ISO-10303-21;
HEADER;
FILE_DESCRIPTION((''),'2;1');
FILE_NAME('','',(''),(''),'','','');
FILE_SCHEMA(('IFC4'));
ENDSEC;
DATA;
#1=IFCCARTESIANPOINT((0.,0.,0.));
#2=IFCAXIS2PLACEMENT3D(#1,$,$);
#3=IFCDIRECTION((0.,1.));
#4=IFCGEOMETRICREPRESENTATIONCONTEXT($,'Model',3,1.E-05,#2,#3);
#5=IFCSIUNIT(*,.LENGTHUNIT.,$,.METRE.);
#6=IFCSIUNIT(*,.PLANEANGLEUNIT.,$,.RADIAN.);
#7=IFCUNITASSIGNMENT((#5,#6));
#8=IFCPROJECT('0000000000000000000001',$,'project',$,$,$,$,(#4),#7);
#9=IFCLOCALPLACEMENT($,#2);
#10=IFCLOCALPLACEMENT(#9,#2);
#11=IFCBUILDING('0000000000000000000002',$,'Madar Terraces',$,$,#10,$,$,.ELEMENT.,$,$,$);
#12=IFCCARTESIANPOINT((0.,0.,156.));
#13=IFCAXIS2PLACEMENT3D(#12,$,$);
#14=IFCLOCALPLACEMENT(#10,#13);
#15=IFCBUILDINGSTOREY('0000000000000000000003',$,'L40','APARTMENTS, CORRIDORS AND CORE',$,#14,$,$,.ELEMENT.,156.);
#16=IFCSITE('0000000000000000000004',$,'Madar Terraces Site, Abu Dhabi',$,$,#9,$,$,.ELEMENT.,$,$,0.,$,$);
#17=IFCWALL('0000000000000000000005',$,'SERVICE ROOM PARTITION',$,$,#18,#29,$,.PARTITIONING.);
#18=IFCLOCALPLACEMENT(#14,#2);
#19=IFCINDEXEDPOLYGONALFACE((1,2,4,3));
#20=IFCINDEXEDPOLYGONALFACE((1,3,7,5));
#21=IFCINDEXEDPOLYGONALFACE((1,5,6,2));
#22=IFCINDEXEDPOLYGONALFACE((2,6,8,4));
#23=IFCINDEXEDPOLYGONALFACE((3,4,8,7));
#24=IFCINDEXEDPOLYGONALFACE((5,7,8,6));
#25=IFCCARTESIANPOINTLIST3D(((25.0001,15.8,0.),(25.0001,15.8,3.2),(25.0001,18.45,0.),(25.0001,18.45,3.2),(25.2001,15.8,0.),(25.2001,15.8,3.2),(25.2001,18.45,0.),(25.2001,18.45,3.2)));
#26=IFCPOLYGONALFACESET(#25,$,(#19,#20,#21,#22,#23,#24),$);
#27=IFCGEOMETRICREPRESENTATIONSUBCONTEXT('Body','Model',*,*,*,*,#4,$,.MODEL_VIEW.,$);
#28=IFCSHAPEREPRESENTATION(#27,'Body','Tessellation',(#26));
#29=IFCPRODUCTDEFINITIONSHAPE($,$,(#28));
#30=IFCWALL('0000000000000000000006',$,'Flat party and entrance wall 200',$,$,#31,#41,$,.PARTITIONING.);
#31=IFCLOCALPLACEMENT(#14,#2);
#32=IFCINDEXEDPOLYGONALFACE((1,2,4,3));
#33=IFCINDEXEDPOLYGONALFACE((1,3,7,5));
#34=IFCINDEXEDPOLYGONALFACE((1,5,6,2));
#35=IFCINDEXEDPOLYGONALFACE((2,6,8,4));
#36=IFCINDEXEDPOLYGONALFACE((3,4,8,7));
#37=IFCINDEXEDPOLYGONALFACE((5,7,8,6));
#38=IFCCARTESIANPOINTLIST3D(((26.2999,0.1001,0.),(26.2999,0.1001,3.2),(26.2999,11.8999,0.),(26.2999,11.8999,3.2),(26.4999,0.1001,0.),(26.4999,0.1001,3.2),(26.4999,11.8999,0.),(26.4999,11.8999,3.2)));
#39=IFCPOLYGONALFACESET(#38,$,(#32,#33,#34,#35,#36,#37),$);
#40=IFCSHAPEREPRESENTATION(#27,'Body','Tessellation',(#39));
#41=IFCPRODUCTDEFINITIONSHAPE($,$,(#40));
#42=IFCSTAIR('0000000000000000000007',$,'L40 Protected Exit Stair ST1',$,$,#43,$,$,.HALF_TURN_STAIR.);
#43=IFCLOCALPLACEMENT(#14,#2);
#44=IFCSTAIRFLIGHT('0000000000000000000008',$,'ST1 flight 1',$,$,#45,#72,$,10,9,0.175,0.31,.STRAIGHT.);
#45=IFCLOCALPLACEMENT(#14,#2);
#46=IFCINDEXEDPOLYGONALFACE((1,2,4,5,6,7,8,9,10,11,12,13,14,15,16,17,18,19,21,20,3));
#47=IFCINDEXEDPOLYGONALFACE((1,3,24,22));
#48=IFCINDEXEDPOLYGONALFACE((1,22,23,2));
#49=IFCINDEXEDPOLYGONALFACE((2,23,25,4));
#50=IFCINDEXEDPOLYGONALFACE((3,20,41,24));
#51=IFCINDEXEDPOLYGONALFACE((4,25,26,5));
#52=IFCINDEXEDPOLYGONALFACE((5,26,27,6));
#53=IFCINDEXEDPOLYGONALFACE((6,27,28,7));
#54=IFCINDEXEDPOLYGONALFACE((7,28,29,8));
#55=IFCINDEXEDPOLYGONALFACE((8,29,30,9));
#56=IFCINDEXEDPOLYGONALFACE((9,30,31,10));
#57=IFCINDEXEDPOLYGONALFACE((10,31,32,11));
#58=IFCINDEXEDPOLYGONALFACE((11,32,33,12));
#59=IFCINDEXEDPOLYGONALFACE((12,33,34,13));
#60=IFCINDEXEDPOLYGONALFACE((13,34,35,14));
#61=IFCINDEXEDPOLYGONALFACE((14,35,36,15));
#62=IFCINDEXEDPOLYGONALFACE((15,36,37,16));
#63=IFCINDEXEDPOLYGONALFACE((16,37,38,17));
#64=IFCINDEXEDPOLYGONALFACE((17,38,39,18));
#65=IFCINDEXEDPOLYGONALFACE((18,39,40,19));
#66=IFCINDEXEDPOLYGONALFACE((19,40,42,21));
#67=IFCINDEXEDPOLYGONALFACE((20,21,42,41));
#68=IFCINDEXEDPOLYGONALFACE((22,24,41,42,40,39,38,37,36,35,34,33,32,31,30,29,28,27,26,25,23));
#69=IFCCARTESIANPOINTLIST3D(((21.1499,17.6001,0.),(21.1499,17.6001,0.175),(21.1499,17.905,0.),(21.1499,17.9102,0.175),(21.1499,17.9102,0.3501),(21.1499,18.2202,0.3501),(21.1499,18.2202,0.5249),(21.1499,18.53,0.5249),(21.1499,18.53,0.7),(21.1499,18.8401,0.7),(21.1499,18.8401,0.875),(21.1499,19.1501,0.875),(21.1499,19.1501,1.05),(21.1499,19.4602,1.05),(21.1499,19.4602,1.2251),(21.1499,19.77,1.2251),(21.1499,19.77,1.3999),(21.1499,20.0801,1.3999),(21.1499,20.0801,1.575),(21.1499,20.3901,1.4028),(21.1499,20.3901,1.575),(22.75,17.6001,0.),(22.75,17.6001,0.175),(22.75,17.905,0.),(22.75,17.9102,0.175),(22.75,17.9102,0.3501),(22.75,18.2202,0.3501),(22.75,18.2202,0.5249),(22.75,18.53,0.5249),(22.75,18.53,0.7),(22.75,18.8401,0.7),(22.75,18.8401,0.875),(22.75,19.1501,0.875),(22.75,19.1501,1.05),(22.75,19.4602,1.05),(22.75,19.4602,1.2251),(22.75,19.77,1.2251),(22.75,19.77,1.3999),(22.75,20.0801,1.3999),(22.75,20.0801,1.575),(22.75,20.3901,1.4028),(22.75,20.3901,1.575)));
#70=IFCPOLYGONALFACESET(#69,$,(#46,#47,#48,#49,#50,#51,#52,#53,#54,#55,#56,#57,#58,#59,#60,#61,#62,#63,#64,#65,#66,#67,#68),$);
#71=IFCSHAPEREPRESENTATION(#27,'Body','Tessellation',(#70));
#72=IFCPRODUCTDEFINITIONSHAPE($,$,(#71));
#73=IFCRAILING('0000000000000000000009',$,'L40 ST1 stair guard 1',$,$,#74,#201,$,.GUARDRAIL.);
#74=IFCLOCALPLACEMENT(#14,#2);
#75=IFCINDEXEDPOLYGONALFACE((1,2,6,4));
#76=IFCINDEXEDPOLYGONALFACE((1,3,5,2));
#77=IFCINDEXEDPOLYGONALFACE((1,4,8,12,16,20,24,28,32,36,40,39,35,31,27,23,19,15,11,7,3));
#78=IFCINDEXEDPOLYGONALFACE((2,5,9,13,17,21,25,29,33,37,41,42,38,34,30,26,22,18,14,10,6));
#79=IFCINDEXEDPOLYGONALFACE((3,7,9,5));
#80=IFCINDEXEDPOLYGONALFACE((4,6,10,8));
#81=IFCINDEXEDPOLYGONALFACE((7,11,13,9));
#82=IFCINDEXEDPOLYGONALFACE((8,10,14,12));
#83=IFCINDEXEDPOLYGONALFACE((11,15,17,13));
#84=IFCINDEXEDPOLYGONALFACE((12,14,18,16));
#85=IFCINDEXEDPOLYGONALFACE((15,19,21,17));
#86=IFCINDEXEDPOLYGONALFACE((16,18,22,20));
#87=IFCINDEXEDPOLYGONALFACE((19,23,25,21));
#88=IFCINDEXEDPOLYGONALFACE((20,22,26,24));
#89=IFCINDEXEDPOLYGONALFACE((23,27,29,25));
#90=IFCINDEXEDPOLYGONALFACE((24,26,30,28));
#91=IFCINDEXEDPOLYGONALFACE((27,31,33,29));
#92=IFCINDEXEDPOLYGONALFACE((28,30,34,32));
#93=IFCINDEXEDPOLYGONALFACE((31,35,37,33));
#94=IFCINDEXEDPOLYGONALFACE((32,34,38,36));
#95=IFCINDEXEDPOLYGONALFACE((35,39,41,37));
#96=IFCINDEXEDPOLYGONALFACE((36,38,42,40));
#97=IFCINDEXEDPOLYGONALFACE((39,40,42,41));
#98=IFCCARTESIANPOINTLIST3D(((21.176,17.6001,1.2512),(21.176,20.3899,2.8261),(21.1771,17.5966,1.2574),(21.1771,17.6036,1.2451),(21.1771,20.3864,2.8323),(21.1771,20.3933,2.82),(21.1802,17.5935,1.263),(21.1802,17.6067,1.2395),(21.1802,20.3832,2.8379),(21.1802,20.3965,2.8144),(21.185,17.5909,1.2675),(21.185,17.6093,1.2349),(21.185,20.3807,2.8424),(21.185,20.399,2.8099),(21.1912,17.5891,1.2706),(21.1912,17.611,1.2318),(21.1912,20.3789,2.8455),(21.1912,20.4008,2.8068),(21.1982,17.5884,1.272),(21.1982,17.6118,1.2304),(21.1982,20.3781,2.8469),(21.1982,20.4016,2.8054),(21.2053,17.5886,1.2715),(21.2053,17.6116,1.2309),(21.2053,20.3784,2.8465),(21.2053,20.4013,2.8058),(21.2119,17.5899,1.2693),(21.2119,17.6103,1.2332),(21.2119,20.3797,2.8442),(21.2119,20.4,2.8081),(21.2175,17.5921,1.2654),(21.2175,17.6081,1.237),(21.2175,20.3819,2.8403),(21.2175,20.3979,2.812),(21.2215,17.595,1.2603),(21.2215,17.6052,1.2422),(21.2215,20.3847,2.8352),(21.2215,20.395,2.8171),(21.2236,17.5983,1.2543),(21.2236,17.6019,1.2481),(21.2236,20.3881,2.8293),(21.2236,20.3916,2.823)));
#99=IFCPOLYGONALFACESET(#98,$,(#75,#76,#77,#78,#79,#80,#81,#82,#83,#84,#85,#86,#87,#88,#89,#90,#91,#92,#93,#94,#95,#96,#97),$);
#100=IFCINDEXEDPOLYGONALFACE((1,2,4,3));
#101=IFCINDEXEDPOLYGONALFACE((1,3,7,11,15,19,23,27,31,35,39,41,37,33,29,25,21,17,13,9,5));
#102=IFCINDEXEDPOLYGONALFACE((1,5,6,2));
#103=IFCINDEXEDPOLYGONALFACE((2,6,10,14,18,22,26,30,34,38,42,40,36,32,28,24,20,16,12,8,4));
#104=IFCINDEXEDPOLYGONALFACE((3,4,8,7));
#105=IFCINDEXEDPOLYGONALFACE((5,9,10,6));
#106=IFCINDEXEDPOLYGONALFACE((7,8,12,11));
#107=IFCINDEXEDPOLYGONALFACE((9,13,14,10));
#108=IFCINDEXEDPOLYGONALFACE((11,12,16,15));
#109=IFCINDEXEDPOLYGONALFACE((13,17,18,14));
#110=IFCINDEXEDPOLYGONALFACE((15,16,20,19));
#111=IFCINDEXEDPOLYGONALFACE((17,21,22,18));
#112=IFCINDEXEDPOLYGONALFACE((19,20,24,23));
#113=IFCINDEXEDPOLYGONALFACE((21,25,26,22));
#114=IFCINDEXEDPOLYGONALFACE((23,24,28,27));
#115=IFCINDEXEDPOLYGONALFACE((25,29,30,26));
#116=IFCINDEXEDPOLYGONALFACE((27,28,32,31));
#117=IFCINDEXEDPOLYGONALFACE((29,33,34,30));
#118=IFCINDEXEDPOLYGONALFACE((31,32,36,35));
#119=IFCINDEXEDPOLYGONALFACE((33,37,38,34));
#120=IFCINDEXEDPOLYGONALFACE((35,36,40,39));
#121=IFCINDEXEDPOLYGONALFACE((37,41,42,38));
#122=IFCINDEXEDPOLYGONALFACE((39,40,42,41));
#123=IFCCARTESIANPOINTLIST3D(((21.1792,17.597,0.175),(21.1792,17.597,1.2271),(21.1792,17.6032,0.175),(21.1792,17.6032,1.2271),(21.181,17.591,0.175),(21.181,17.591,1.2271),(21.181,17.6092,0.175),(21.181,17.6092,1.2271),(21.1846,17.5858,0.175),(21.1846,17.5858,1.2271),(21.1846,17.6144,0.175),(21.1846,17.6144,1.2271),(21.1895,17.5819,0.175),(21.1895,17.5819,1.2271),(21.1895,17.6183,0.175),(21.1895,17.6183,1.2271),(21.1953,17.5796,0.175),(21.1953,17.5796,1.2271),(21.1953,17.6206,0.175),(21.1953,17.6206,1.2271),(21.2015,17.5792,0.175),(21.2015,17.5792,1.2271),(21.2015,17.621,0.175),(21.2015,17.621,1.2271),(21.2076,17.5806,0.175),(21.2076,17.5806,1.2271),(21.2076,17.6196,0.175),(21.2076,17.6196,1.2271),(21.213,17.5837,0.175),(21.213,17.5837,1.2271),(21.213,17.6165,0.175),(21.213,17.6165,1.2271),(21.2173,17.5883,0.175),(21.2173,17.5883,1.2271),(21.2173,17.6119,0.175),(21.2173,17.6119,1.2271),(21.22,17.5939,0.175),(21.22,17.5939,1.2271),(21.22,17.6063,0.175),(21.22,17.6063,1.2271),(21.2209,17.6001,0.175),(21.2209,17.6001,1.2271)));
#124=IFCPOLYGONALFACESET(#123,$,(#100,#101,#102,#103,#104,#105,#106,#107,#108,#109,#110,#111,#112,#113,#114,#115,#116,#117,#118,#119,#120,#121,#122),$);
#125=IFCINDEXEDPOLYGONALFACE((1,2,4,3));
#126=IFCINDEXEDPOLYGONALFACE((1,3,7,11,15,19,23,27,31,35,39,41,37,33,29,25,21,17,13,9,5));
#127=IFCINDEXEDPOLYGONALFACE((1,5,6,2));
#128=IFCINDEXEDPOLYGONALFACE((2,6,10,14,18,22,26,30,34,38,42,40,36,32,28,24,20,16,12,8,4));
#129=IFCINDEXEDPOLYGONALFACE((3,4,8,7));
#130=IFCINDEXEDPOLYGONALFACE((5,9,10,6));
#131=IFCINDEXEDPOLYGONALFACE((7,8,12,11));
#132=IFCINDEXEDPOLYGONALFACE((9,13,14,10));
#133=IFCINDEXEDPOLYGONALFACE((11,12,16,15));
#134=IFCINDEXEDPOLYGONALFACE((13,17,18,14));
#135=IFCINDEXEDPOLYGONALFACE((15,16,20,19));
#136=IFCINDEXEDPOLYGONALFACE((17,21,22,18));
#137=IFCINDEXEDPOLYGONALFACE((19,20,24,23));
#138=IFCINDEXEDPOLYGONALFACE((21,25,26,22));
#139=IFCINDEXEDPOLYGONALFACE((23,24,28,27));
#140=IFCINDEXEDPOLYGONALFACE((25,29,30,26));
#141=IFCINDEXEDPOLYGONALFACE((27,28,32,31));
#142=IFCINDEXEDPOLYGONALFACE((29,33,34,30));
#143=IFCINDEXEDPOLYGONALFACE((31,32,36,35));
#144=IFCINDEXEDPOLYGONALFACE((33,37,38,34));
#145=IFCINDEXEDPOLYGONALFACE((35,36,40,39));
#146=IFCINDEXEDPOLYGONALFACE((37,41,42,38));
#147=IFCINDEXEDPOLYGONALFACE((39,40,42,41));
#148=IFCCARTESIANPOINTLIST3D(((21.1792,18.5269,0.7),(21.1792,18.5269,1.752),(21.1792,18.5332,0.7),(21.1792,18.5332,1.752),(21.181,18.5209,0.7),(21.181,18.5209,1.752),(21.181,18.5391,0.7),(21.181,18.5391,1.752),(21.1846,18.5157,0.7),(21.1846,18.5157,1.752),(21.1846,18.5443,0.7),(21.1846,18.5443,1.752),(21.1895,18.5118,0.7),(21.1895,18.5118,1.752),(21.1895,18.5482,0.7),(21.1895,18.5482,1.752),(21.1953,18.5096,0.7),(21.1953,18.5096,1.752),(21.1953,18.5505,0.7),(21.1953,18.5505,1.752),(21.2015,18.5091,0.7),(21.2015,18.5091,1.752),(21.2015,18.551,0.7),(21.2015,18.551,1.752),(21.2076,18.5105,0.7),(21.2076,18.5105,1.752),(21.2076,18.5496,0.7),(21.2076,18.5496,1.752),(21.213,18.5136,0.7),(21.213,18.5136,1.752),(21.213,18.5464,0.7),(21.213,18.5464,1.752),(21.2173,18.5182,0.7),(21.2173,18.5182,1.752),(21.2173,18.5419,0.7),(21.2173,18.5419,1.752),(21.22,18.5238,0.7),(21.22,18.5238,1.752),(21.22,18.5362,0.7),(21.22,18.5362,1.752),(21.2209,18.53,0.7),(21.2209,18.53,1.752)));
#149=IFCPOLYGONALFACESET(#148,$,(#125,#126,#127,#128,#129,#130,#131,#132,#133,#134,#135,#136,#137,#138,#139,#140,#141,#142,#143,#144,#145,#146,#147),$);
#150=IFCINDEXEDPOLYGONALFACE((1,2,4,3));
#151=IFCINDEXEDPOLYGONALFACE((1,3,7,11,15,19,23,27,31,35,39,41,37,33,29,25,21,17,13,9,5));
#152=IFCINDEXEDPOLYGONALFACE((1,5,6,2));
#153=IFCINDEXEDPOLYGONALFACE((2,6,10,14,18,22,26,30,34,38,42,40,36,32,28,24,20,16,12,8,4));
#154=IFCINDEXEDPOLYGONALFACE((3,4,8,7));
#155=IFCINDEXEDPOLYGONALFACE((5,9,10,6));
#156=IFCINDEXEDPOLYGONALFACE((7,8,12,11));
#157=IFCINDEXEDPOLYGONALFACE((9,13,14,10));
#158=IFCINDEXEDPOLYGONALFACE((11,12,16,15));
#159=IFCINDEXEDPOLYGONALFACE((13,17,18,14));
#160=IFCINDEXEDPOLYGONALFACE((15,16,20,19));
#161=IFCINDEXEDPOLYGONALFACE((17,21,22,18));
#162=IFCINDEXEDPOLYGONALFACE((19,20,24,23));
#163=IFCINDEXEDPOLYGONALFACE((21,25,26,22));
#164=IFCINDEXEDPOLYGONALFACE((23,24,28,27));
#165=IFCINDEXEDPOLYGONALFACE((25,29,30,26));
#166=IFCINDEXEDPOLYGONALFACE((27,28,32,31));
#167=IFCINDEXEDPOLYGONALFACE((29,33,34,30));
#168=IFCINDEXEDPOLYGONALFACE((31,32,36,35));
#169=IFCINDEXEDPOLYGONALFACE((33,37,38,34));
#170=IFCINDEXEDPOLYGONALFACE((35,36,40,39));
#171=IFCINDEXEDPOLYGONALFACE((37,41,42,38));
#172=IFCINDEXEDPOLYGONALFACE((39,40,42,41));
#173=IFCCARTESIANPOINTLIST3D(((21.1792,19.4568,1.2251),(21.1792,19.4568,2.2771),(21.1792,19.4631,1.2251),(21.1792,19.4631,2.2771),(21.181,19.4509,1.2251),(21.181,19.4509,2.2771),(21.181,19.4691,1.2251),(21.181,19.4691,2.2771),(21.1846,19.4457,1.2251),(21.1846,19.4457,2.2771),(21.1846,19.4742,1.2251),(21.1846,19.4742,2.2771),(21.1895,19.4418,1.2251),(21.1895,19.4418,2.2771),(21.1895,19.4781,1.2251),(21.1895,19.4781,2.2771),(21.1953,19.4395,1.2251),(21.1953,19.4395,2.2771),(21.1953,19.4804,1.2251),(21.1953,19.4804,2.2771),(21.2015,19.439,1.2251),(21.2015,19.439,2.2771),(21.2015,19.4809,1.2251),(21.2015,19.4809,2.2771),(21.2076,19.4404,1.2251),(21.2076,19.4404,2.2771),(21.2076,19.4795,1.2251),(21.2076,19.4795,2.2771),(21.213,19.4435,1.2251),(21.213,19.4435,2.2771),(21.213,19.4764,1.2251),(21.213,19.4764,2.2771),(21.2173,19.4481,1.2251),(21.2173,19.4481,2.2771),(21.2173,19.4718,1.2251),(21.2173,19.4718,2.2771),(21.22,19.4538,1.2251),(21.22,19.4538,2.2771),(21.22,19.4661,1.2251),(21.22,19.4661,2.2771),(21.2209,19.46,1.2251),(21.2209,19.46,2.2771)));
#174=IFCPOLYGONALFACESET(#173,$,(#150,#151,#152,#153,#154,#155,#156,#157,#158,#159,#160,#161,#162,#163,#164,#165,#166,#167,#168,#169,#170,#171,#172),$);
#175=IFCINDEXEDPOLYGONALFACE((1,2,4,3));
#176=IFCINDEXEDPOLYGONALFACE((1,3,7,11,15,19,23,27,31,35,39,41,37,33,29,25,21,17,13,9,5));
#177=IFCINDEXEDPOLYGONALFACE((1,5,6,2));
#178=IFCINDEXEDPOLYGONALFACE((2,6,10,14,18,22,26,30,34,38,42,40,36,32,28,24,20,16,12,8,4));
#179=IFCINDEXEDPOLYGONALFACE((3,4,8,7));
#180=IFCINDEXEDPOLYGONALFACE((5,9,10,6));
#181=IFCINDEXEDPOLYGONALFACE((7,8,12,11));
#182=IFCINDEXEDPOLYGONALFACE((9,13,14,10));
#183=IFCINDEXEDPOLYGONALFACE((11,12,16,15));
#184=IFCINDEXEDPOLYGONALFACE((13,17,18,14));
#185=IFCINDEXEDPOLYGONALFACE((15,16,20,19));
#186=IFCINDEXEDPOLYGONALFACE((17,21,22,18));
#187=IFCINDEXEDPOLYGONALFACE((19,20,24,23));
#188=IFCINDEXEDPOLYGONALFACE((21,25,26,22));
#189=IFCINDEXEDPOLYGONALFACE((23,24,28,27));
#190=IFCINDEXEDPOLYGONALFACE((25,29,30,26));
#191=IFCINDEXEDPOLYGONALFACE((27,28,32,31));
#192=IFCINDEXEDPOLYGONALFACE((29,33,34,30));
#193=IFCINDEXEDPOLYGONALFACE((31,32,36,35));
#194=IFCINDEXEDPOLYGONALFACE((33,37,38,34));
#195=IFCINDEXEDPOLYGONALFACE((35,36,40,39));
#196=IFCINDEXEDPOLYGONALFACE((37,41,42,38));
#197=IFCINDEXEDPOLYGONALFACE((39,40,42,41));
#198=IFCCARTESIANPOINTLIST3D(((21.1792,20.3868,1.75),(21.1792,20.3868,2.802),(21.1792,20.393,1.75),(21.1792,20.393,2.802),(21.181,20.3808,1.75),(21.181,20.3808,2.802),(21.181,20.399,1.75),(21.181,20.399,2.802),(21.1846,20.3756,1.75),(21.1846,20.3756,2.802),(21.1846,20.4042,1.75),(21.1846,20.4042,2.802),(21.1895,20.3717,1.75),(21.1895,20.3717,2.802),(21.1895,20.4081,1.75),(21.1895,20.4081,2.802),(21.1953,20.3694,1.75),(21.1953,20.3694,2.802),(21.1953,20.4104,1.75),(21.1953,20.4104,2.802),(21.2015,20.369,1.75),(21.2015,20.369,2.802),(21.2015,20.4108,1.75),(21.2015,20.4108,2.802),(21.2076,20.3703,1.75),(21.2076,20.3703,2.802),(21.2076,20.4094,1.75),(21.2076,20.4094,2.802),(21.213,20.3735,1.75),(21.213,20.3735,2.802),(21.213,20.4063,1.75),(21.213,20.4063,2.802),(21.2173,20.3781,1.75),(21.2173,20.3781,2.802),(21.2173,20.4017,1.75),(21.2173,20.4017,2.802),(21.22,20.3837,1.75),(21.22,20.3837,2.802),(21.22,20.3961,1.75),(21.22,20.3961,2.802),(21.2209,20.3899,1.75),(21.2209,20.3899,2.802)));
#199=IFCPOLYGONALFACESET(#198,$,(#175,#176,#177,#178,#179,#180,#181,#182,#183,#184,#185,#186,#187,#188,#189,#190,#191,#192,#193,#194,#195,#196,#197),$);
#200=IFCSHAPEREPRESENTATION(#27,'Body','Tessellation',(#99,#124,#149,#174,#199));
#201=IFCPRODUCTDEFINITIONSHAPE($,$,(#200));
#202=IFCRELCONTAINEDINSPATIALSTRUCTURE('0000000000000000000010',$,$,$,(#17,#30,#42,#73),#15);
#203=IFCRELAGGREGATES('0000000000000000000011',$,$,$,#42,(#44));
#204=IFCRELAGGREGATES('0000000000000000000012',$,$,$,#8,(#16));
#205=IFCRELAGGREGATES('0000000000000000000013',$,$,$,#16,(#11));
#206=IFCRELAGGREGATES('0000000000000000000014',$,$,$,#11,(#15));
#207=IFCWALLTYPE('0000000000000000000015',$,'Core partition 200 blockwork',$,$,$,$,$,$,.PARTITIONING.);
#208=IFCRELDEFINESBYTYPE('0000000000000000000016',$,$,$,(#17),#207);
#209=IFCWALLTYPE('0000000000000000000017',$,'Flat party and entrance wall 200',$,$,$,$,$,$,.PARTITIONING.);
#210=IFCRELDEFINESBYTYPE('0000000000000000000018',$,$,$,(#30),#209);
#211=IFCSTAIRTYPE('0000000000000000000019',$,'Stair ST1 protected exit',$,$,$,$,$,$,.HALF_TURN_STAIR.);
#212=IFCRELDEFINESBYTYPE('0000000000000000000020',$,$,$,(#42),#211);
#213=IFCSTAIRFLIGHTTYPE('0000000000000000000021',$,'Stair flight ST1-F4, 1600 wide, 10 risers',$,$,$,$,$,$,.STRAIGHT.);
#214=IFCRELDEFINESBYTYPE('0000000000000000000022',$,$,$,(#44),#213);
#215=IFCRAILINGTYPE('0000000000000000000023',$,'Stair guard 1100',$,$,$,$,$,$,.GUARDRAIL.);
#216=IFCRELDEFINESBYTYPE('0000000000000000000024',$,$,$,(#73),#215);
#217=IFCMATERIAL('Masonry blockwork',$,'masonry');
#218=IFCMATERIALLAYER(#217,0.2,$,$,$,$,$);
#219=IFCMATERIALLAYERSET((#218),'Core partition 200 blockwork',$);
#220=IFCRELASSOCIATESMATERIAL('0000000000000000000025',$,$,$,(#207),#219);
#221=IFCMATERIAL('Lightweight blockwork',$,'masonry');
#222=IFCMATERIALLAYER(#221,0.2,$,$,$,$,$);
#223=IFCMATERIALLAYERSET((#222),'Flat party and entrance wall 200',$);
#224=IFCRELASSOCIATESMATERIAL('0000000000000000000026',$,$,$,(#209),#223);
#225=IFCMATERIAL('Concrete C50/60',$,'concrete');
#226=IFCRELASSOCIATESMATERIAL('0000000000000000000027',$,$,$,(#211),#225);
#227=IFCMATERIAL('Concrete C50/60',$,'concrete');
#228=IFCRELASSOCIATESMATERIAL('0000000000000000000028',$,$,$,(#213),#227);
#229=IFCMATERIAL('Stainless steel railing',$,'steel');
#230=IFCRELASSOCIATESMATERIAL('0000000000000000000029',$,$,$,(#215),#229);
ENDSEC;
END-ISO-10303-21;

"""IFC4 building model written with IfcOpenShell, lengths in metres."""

from ifc_helpers import new_model, si_unit, direction, frame, frame_2d, origin, origin_2d, place, context, subcontext, project, spatial, polyline, rectangle, circle, outline, extrude, material, layer, layer_set, type_object, element, aggregate, save


model = new_model("IFC4")

# Units and contexts
model_context = context("Model", 3, precision=1e-05, world=origin(), true_north=direction((0.0, 1.0)))
body_context = subcontext(model_context, "Body", "Model", "MODEL_VIEW")
ifc_project = project(units=[si_unit("LENGTHUNIT", "METRE"), si_unit("PLANEANGLEUNIT", "RADIAN")], contexts=[model_context])

# Site, building, storey
site_placement = place(None, origin())
site = spatial("IfcSite", under=ifc_project, at=site_placement, Name="Madar Terraces Site, Abu Dhabi", CompositionType="ELEMENT", RefElevation=0.0)
building_placement = place(site_placement, origin())
building = spatial("IfcBuilding", under=site, at=building_placement, Name="Madar Terraces", CompositionType="ELEMENT")
storey_placement = place(building_placement, frame((0.0, 0.0, 156.0)))
storey = spatial("IfcBuildingStorey", under=building, at=storey_placement, Name="L40", Description="APARTMENTS, CORRIDORS AND CORE", CompositionType="ELEMENT", Elevation=156.0)

# Walls
ifc_material_1 = material(Name="Masonry blockwork", Category="masonry")
ifc_layer_1 = layer(ifc_material_1, 0.2)
ifc_layer_set_1 = layer_set([ifc_layer_1], Name="Core partition 200 blockwork")
wall_type_1 = type_object("IfcWallType", Name="Core partition 200 blockwork", PredefinedType="PARTITIONING", material=ifc_layer_set_1)
wall_1_placement = place(storey_placement, frame((25.1001, 15.8, 0.0), z_axis=(0.0, 0.0, 1.0), x_axis=(0.0, 1.0, 0.0)))
element("IfcWall", 1, at=wall_1_placement, inside=storey, type_object=wall_type_1, Name="SERVICE ROOM PARTITION", PredefinedType="PARTITIONING", context=body_context, shape_type="SweptSolid", body=[
    extrude(rectangle(XDim=2.6499, YDim=0.2, at=frame_2d((1.325, 0.0))), origin(), (0.0, 0.0, 1.0), 3.2),
])
ifc_material_2 = material(Name="Lightweight blockwork", Category="masonry")
ifc_layer_2 = layer(ifc_material_2, 0.2)
ifc_layer_set_2 = layer_set([ifc_layer_2], Name="Flat party and entrance wall 200")
wall_type_2 = type_object("IfcWallType", Name="Flat party and entrance wall 200", PredefinedType="PARTITIONING", material=ifc_layer_set_2)
wall_2_placement = place(storey_placement, frame((26.3999, 11.8999, 0.0), z_axis=(0.0, 0.0, 1.0), x_axis=(0.0, -1.0, 0.0)))
element("IfcWall", 2, at=wall_2_placement, inside=storey, type_object=wall_type_2, Name="Flat party and entrance wall 200", PredefinedType="PARTITIONING", context=body_context, shape_type="SweptSolid", body=[
    extrude(rectangle(XDim=11.7998, YDim=0.2, at=frame_2d((5.8999, 0.0))), origin(), (0.0, 0.0, 1.0), 3.2),
])

# Stair, stair flight
ifc_material_3 = material(Name="Concrete C50/60", Category="concrete")
stair_type = type_object("IfcStairType", Name="Stair ST1 protected exit", PredefinedType="HALF_TURN_STAIR", material=ifc_material_3)
stair_placement = place(storey_placement, origin())
stair = element("IfcStair", 3, at=stair_placement, inside=storey, type_object=stair_type, Name="L40 Protected Exit Stair ST1", PredefinedType="HALF_TURN_STAIR")
ifc_material_4 = material(Name="Concrete C50/60", Category="concrete")
stair_flight_type = type_object("IfcStairFlightType", Name="Stair flight ST1-F4, 1600 wide, 10 risers", PredefinedType="STRAIGHT", material=ifc_material_4)
stair_flight_placement = place(storey_placement, frame((21.95, 17.6001, 0.0), z_axis=(0.0, 0.0, 1.0), x_axis=(0.0, 1.0, 0.0)))
stair_flight = element("IfcStairFlight", 4, at=stair_flight_placement, type_object=stair_flight_type, Name="ST1 flight 1", NumberOfRisers=10, NumberOfTreads=9, PredefinedType="STRAIGHT", RiserHeight=0.175, TreadLength=0.31, context=body_context, shape_type="SweptSolid", body=[
    extrude(outline(polyline([(0.0, 0.0), (0.0, 0.175), (0.3101, 0.175), (0.3101, 0.3501), (0.6201, 0.3501), (0.6201, 0.5249), (0.9299, 0.5249), (0.9299, 0.7), (1.24, 0.7), (1.24, 0.875), (1.55, 0.875), (1.55, 1.05), (1.8601, 1.05), (1.8601, 1.2251), (2.1699, 1.2251), (2.1699, 1.3999), (2.48, 1.3999), (2.48, 1.575), (2.79, 1.575), (2.79, 1.75), (2.79, 1.4028), (0.3049, 0.0), (0.0, 0.0)])), frame((0.0, 0.8, 0.0), z_axis=(0.0, -1.0, 0.0), x_axis=(1.0, 0.0, 0.0)), (0.0, 0.0, 1.0), 1.6001),
])
aggregate(stair, [stair_flight])

# Railing
ifc_material_5 = material(Name="Stainless steel railing", Category="steel")
railing_type_1 = type_object("IfcRailingType", Name="Stair guard 1100", PredefinedType="GUARDRAIL", material=ifc_material_5)
railing_1_placement = place(storey_placement, frame((21.2, 17.6001, 0.175)))
element("IfcRailing", 5, at=railing_1_placement, inside=storey, type_object=railing_type_1, Name="L40 ST1 stair guard 1", PredefinedType="GUARDRAIL", context=body_context, shape_type="SweptSolid", body=[
    extrude(circle(Radius=0.0239, at=origin_2d()), frame((0.0, 0.0, 1.0762), z_axis=(0.0, 0.870815, 0.49161), x_axis=(-1.0, 0.0, 0.0)), (0.0, 0.0, 1.0), 3.2036),
    extrude(circle(Radius=0.021, at=origin_2d()), origin(), (0.0, 0.0, 1.0), 1.052),
    extrude(circle(Radius=0.021, at=origin_2d()), frame((0.0, 0.9299, 0.5249)), (0.0, 0.0, 1.0), 1.052),
    extrude(circle(Radius=0.021, at=origin_2d()), frame((0.0, 1.8599, 1.05)), (0.0, 0.0, 1.0), 1.052),
    extrude(circle(Radius=0.021, at=origin_2d()), frame((0.0, 2.7898, 1.575)), (0.0, 0.0, 1.0), 1.052),
])

save(model, "model.ifc")
